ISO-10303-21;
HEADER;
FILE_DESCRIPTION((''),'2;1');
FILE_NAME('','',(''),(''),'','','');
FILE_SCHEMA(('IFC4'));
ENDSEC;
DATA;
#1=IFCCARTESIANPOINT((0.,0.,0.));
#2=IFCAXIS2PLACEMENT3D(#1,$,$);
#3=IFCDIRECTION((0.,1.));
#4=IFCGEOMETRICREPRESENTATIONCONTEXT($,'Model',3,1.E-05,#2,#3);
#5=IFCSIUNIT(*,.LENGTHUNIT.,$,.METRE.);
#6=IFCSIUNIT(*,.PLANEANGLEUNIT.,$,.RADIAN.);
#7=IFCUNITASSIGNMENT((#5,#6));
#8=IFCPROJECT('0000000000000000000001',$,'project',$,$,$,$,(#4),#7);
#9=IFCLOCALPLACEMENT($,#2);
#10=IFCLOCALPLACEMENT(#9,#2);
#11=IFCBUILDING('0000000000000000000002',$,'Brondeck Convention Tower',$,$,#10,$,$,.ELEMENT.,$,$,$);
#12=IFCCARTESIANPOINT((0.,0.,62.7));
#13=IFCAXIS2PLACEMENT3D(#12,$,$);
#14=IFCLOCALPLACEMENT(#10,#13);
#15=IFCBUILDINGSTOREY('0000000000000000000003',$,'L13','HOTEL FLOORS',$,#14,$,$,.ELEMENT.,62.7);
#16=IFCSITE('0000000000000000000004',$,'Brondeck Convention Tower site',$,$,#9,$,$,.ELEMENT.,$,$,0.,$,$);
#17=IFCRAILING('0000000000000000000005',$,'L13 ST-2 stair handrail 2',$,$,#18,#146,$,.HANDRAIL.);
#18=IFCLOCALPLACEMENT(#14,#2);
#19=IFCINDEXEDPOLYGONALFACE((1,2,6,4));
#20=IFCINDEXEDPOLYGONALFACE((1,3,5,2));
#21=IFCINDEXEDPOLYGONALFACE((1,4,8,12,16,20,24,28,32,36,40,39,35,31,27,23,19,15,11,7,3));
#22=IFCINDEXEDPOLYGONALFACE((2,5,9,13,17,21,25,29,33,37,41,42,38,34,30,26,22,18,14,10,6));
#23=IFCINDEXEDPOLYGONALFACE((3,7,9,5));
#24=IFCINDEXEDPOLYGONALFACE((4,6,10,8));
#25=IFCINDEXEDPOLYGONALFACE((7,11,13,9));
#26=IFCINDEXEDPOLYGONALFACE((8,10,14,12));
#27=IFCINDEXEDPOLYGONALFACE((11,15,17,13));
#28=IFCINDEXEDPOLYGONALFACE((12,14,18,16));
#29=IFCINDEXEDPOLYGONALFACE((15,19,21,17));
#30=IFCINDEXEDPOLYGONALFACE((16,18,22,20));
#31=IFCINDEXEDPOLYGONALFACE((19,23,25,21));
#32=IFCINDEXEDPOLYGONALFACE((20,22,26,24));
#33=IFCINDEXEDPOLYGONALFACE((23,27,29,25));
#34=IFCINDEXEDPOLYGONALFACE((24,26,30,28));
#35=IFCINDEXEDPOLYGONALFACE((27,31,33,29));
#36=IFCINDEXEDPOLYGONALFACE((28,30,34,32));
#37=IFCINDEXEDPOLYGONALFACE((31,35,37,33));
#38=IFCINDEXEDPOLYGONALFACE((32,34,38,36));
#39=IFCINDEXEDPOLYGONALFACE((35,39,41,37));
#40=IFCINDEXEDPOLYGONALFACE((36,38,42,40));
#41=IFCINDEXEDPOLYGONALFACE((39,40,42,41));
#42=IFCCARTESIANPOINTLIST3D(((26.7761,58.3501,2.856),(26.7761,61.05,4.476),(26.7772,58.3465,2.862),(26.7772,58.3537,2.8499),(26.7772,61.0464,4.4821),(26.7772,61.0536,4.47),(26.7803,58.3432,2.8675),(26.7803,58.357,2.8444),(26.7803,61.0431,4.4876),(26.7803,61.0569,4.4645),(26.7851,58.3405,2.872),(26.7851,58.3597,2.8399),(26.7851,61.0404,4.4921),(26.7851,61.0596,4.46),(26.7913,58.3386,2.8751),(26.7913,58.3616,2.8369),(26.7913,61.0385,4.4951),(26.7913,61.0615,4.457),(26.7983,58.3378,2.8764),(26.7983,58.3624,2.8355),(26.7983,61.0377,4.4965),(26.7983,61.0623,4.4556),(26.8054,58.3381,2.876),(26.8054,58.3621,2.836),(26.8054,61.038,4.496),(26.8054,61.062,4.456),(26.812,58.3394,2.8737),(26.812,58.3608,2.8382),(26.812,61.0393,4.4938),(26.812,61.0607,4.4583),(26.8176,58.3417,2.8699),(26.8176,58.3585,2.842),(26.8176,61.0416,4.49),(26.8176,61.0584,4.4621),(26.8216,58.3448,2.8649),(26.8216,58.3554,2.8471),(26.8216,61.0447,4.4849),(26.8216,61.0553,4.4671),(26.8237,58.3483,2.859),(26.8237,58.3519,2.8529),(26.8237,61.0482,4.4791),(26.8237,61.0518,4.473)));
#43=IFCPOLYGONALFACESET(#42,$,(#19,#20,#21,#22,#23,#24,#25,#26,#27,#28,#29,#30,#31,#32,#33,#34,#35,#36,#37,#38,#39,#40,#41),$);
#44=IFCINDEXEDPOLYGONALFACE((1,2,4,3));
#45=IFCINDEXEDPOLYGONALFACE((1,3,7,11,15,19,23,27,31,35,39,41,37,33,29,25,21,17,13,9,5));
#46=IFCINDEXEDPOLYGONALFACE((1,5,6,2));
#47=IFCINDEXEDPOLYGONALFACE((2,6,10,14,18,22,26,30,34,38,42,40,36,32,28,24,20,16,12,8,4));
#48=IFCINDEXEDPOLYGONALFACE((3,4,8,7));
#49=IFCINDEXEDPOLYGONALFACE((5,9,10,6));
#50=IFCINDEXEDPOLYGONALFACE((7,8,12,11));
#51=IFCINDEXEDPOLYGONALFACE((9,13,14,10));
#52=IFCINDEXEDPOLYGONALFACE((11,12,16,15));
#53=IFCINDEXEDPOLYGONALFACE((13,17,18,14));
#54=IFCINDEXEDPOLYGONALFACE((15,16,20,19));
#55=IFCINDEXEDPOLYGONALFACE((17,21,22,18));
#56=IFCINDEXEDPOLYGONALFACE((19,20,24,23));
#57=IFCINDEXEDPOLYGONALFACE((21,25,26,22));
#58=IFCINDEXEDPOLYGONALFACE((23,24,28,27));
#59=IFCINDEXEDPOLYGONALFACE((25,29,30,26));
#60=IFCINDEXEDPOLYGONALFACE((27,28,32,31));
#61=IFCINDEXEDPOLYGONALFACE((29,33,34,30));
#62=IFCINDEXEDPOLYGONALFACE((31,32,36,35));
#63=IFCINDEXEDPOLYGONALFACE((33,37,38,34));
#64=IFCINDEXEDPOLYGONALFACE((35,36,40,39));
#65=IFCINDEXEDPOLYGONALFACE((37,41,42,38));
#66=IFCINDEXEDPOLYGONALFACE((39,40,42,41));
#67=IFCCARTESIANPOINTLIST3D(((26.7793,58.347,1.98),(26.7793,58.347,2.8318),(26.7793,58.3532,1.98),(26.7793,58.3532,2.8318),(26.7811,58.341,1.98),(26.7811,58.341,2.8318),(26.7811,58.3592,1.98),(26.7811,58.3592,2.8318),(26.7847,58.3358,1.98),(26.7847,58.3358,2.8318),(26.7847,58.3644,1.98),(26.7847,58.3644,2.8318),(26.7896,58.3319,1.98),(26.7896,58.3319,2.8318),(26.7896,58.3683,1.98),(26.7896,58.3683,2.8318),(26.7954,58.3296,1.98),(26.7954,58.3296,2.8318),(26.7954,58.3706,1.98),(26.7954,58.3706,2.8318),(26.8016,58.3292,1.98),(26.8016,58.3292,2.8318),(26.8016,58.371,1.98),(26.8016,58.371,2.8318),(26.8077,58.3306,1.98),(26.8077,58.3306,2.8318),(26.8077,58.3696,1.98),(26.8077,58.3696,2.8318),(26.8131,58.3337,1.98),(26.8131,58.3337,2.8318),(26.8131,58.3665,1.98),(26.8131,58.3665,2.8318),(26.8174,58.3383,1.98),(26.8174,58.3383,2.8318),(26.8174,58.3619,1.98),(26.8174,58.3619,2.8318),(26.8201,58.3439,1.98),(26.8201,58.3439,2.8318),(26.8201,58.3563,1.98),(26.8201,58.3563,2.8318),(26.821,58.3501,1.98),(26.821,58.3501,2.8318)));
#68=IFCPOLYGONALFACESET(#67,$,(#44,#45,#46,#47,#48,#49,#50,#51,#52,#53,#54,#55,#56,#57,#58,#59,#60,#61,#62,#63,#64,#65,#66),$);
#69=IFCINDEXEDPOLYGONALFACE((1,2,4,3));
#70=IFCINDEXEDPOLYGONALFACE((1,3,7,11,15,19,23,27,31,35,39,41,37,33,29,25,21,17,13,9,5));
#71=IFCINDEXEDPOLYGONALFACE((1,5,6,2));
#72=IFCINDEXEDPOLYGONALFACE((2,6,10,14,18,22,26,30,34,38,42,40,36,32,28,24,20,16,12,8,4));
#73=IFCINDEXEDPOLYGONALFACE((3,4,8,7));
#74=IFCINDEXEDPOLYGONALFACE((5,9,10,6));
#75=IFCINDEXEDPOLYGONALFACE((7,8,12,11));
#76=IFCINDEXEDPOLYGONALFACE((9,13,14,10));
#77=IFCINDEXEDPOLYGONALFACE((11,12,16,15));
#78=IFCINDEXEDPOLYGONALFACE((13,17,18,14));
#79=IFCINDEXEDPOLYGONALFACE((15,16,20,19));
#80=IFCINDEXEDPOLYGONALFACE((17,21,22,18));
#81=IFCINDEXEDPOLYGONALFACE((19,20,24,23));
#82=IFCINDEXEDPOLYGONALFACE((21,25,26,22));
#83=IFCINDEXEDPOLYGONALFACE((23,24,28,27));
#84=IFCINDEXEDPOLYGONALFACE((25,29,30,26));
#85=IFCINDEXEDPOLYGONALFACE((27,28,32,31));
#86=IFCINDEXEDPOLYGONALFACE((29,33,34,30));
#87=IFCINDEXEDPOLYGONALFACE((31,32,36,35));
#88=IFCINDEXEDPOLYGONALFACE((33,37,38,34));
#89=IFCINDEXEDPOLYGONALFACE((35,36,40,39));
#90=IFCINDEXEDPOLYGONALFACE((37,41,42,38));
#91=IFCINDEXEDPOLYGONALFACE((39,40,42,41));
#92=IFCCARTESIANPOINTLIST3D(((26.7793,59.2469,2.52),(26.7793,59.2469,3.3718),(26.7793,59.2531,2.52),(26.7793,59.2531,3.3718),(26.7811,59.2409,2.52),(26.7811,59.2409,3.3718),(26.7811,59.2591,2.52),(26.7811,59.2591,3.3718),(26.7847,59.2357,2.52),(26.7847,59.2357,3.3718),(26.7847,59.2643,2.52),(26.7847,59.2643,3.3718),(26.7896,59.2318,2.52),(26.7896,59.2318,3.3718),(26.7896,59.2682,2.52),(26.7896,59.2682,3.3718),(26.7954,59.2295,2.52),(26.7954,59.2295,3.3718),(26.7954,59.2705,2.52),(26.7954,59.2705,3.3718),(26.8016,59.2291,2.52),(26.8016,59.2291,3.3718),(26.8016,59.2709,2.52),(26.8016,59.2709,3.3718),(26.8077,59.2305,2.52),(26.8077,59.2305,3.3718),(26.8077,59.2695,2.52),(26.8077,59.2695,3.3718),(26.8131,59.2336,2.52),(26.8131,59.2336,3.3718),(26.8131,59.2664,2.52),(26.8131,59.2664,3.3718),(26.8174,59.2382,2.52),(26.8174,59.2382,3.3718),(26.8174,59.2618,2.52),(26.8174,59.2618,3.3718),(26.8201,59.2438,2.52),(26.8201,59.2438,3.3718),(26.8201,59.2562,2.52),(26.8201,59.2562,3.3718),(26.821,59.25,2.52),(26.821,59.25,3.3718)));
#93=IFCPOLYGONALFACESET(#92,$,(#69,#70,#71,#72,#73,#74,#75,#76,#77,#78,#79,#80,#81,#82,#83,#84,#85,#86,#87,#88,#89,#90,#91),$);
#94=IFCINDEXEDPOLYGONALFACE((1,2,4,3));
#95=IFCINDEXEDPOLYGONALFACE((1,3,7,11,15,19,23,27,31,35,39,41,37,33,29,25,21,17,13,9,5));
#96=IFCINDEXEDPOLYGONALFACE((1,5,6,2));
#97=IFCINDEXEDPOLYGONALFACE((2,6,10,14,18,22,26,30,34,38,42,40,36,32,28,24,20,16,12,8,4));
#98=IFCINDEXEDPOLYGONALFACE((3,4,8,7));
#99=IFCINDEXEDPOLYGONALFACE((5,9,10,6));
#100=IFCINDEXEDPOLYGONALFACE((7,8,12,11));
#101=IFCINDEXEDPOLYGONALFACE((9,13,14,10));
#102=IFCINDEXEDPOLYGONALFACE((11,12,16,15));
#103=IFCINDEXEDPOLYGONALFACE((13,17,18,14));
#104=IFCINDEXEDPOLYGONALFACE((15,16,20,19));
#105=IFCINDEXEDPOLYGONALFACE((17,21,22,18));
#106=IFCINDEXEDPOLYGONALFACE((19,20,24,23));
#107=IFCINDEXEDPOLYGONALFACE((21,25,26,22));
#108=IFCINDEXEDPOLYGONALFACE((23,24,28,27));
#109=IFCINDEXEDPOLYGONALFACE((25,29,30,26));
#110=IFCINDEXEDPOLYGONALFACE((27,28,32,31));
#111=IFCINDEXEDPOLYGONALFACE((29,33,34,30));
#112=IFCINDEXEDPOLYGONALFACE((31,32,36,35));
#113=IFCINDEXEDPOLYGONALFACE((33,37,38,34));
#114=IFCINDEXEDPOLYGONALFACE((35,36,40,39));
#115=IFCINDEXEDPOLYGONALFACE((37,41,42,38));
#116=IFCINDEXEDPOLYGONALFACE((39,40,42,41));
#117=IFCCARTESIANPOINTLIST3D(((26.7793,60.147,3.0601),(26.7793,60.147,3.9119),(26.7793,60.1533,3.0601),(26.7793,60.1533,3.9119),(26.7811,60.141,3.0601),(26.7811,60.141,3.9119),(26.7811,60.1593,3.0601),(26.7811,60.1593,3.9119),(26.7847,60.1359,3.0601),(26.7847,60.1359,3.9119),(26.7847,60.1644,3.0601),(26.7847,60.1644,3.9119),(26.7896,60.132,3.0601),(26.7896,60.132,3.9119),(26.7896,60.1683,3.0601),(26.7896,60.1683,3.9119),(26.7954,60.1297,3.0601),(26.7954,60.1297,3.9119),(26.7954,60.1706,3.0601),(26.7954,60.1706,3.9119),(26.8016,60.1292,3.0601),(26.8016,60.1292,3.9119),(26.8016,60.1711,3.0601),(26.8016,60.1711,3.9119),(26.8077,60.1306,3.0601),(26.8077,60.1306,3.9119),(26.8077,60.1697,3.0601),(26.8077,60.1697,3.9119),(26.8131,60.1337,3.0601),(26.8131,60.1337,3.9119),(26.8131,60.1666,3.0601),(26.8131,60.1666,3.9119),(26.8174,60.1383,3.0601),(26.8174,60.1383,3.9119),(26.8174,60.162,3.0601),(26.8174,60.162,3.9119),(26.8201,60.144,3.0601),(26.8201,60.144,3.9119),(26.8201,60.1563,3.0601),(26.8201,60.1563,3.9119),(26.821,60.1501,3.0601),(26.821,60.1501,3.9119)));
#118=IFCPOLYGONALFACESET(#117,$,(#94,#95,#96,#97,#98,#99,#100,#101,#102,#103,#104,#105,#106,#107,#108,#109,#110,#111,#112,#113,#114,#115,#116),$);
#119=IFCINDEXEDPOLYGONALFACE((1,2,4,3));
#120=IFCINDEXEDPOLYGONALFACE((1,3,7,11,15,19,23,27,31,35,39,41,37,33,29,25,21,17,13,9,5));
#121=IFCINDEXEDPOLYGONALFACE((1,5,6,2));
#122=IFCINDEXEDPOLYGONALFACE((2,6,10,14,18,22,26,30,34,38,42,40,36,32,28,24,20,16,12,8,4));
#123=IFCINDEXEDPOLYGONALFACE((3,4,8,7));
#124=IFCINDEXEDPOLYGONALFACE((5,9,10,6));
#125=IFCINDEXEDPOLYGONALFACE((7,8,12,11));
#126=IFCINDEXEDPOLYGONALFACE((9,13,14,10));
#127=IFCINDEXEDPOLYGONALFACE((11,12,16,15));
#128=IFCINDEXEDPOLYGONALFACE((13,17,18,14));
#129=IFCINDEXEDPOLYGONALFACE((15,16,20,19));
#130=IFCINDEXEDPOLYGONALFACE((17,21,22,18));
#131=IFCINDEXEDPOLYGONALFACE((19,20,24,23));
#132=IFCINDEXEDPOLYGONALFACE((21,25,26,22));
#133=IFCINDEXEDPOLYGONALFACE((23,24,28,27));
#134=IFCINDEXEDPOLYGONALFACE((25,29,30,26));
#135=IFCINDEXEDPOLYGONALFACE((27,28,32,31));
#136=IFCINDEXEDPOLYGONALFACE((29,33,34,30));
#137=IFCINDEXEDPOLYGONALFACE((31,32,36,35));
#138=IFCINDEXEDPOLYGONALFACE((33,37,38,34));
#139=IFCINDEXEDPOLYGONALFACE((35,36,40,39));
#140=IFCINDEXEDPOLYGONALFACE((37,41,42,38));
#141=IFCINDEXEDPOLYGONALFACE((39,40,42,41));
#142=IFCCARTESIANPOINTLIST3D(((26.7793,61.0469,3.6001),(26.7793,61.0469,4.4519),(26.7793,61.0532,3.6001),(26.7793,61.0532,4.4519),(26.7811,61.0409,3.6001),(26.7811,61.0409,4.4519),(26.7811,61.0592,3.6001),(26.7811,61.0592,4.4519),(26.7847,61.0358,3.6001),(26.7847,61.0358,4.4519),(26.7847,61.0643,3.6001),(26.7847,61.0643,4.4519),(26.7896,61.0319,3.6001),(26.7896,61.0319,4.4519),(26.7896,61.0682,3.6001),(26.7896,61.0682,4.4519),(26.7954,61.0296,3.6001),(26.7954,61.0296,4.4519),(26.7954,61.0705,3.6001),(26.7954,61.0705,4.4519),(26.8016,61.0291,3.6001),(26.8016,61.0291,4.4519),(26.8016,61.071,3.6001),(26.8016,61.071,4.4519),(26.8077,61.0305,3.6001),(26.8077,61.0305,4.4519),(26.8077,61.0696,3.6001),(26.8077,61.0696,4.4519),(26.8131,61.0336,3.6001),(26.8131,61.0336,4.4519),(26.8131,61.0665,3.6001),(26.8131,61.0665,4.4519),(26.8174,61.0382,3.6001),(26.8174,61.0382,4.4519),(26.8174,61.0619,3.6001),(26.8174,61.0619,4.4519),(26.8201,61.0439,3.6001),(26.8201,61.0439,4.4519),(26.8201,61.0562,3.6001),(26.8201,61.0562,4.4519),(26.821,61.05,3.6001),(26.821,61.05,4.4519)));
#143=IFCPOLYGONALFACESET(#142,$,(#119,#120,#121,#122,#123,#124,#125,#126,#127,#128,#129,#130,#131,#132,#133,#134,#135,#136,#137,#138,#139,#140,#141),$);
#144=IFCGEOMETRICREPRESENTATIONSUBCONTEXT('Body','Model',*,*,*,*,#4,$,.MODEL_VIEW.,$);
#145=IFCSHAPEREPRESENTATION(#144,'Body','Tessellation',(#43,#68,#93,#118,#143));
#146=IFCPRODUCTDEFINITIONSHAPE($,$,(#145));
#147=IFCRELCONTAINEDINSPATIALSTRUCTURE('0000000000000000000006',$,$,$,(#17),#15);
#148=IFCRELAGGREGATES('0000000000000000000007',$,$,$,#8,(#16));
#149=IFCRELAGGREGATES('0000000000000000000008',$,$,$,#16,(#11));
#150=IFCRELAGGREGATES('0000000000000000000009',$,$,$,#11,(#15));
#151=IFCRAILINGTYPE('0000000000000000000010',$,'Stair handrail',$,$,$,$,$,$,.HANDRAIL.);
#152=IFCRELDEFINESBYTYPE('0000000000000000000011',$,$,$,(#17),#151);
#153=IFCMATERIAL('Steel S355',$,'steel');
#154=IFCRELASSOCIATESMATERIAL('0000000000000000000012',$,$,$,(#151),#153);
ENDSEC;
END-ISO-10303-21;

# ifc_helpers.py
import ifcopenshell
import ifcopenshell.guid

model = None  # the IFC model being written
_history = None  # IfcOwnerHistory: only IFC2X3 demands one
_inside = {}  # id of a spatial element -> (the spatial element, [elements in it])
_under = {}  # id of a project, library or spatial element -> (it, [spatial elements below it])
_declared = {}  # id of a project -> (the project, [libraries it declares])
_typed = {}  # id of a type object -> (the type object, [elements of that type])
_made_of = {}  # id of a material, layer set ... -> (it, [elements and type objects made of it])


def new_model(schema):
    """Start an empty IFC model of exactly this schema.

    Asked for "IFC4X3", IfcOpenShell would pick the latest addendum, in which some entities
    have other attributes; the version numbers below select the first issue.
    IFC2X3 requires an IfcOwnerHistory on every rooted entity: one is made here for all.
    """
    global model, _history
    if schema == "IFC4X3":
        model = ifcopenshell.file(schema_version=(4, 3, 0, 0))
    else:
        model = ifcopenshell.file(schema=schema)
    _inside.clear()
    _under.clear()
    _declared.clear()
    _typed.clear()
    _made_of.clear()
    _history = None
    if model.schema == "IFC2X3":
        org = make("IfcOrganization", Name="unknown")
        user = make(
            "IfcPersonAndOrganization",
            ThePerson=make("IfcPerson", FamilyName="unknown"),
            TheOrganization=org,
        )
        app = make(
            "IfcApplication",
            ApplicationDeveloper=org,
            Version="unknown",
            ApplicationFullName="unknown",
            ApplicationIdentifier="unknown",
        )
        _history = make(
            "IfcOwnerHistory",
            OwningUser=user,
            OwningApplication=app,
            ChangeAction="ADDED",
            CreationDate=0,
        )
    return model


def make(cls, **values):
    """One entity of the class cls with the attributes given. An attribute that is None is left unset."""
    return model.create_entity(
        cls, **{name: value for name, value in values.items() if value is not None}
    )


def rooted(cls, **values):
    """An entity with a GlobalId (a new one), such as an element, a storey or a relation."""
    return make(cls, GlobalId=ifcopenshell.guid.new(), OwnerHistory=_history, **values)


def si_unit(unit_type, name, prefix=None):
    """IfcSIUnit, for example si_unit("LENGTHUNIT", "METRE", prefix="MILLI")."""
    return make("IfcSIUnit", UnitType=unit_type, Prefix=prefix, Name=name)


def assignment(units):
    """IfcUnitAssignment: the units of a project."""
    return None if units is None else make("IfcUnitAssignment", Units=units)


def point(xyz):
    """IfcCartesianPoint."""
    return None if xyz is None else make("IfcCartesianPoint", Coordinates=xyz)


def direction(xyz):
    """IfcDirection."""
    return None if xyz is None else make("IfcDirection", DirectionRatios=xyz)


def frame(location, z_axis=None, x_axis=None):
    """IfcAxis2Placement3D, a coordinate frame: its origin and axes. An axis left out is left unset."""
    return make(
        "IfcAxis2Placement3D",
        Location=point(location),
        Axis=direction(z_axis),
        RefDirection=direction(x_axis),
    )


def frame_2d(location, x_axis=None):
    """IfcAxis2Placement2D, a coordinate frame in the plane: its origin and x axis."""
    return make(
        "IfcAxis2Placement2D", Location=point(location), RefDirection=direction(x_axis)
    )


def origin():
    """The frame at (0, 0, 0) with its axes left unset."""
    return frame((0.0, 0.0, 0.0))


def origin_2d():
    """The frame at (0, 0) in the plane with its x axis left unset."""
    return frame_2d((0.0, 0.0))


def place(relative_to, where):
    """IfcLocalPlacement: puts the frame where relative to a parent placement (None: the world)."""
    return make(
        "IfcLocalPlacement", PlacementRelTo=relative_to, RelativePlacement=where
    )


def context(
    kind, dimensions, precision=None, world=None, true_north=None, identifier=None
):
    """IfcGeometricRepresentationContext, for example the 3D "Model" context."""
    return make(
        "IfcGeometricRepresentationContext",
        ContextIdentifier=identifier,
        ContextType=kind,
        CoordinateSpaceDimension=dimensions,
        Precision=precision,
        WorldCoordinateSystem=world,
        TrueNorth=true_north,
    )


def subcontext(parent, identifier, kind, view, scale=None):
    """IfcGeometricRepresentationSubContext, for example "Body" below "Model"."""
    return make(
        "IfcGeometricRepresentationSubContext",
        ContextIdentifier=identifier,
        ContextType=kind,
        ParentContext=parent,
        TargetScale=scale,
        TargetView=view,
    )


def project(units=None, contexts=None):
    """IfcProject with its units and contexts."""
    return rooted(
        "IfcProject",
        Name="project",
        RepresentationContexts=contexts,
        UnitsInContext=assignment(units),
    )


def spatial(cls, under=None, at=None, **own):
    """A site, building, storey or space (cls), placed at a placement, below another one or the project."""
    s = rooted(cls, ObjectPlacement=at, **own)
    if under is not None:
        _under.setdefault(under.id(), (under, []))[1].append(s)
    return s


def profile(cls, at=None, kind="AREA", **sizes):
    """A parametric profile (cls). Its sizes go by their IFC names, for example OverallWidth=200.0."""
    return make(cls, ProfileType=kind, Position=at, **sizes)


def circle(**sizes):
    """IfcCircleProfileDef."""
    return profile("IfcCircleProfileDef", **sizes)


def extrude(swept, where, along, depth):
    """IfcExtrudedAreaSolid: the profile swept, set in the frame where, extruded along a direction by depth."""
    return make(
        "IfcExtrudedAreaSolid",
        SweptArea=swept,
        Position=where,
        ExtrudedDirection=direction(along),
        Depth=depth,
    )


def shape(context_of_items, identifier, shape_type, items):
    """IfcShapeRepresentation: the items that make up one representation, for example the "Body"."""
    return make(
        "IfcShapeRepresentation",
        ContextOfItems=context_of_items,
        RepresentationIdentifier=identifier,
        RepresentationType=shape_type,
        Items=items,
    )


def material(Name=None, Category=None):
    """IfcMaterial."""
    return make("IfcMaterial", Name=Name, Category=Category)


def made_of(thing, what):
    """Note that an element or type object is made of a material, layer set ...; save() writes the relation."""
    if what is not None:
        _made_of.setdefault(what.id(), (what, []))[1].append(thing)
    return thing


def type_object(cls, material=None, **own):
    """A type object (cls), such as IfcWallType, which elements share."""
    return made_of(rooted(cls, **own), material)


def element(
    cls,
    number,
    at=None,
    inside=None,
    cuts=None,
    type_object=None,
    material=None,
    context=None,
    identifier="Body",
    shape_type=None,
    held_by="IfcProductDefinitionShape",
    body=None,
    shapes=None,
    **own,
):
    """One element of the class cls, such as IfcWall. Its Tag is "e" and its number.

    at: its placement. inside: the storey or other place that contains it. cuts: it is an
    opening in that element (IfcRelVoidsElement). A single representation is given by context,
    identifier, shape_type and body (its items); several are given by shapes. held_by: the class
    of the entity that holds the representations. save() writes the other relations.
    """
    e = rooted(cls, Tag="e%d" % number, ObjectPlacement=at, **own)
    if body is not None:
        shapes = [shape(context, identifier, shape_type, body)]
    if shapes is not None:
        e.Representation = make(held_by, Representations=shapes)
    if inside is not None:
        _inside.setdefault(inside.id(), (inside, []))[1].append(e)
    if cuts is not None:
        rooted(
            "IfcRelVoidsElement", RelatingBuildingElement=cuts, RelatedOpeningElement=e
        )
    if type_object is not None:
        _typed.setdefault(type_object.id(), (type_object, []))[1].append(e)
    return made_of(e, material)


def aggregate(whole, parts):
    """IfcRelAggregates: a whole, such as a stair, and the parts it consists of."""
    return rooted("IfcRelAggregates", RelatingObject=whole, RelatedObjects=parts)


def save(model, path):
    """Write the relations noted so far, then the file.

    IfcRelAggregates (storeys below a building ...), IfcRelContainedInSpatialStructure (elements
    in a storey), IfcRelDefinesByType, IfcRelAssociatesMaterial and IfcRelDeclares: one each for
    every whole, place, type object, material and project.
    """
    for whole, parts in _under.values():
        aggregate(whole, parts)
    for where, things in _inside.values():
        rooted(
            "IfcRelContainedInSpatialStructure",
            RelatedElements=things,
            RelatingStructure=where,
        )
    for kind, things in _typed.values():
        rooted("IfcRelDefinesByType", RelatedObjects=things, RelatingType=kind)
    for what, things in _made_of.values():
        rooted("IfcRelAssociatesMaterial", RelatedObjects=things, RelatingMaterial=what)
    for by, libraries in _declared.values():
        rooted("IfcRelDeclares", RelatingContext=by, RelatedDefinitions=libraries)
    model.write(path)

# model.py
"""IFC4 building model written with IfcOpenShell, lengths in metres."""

from ifc_helpers import new_model, si_unit, direction, frame, origin, origin_2d, place, context, subcontext, project, spatial, circle, extrude, material, type_object, element, save


model = new_model("IFC4")

# Units and contexts
model_context = context("Model", 3, precision=1e-05, world=origin(), true_north=direction((0.0, 1.0)))
body_context = subcontext(model_context, "Body", "Model", "MODEL_VIEW")
ifc_project = project(units=[si_unit("LENGTHUNIT", "METRE"), si_unit("PLANEANGLEUNIT", "RADIAN")], contexts=[model_context])

# Site, building, storey
site_placement = place(None, origin())
site = spatial("IfcSite", under=ifc_project, at=site_placement, Name="Brondeck Convention Tower site", CompositionType="ELEMENT", RefElevation=0.0)
building_placement = place(site_placement, origin())
building = spatial("IfcBuilding", under=site, at=building_placement, Name="Brondeck Convention Tower", CompositionType="ELEMENT")
storey_placement = place(building_placement, frame((0.0, 0.0, 62.7)))
storey = spatial("IfcBuildingStorey", under=building, at=storey_placement, Name="L13", Description="HOTEL FLOORS", CompositionType="ELEMENT", Elevation=62.7)

# Railing
ifc_material_1 = material(Name="Steel S355", Category="steel")
railing_type_1 = type_object("IfcRailingType", Name="Stair handrail", PredefinedType="HANDRAIL", material=ifc_material_1)
railing_1_placement = place(storey_placement, frame((26.8, 58.3501, 1.98)))
element("IfcRailing", 1, at=railing_1_placement, inside=storey, type_object=railing_type_1, Name="L13 ST-2 stair handrail 2", PredefinedType="HANDRAIL", context=body_context, shape_type="SweptSolid", body=[
    extrude(circle(Radius=0.0239, at=origin_2d()), frame((0.0, 0.0, 0.876), z_axis=(0.0, 0.857472, 0.51453), x_axis=(-1.0, 0.0, 0.0)), (0.0, 0.0, 1.0), 3.1487),
    extrude(circle(Radius=0.021, at=origin_2d()), origin(), (0.0, 0.0, 1.0), 0.8518),
    extrude(circle(Radius=0.021, at=origin_2d()), frame((0.0, 0.8999, 0.54)), (0.0, 0.0, 1.0), 0.8518),
    extrude(circle(Radius=0.021, at=origin_2d()), frame((0.0, 1.8, 1.0801)), (0.0, 0.0, 1.0), 0.8518),
    extrude(circle(Radius=0.021, at=origin_2d()), frame((0.0, 2.7, 1.6201)), (0.0, 0.0, 1.0), 0.8518),
])

save(model, "model.ifc")
